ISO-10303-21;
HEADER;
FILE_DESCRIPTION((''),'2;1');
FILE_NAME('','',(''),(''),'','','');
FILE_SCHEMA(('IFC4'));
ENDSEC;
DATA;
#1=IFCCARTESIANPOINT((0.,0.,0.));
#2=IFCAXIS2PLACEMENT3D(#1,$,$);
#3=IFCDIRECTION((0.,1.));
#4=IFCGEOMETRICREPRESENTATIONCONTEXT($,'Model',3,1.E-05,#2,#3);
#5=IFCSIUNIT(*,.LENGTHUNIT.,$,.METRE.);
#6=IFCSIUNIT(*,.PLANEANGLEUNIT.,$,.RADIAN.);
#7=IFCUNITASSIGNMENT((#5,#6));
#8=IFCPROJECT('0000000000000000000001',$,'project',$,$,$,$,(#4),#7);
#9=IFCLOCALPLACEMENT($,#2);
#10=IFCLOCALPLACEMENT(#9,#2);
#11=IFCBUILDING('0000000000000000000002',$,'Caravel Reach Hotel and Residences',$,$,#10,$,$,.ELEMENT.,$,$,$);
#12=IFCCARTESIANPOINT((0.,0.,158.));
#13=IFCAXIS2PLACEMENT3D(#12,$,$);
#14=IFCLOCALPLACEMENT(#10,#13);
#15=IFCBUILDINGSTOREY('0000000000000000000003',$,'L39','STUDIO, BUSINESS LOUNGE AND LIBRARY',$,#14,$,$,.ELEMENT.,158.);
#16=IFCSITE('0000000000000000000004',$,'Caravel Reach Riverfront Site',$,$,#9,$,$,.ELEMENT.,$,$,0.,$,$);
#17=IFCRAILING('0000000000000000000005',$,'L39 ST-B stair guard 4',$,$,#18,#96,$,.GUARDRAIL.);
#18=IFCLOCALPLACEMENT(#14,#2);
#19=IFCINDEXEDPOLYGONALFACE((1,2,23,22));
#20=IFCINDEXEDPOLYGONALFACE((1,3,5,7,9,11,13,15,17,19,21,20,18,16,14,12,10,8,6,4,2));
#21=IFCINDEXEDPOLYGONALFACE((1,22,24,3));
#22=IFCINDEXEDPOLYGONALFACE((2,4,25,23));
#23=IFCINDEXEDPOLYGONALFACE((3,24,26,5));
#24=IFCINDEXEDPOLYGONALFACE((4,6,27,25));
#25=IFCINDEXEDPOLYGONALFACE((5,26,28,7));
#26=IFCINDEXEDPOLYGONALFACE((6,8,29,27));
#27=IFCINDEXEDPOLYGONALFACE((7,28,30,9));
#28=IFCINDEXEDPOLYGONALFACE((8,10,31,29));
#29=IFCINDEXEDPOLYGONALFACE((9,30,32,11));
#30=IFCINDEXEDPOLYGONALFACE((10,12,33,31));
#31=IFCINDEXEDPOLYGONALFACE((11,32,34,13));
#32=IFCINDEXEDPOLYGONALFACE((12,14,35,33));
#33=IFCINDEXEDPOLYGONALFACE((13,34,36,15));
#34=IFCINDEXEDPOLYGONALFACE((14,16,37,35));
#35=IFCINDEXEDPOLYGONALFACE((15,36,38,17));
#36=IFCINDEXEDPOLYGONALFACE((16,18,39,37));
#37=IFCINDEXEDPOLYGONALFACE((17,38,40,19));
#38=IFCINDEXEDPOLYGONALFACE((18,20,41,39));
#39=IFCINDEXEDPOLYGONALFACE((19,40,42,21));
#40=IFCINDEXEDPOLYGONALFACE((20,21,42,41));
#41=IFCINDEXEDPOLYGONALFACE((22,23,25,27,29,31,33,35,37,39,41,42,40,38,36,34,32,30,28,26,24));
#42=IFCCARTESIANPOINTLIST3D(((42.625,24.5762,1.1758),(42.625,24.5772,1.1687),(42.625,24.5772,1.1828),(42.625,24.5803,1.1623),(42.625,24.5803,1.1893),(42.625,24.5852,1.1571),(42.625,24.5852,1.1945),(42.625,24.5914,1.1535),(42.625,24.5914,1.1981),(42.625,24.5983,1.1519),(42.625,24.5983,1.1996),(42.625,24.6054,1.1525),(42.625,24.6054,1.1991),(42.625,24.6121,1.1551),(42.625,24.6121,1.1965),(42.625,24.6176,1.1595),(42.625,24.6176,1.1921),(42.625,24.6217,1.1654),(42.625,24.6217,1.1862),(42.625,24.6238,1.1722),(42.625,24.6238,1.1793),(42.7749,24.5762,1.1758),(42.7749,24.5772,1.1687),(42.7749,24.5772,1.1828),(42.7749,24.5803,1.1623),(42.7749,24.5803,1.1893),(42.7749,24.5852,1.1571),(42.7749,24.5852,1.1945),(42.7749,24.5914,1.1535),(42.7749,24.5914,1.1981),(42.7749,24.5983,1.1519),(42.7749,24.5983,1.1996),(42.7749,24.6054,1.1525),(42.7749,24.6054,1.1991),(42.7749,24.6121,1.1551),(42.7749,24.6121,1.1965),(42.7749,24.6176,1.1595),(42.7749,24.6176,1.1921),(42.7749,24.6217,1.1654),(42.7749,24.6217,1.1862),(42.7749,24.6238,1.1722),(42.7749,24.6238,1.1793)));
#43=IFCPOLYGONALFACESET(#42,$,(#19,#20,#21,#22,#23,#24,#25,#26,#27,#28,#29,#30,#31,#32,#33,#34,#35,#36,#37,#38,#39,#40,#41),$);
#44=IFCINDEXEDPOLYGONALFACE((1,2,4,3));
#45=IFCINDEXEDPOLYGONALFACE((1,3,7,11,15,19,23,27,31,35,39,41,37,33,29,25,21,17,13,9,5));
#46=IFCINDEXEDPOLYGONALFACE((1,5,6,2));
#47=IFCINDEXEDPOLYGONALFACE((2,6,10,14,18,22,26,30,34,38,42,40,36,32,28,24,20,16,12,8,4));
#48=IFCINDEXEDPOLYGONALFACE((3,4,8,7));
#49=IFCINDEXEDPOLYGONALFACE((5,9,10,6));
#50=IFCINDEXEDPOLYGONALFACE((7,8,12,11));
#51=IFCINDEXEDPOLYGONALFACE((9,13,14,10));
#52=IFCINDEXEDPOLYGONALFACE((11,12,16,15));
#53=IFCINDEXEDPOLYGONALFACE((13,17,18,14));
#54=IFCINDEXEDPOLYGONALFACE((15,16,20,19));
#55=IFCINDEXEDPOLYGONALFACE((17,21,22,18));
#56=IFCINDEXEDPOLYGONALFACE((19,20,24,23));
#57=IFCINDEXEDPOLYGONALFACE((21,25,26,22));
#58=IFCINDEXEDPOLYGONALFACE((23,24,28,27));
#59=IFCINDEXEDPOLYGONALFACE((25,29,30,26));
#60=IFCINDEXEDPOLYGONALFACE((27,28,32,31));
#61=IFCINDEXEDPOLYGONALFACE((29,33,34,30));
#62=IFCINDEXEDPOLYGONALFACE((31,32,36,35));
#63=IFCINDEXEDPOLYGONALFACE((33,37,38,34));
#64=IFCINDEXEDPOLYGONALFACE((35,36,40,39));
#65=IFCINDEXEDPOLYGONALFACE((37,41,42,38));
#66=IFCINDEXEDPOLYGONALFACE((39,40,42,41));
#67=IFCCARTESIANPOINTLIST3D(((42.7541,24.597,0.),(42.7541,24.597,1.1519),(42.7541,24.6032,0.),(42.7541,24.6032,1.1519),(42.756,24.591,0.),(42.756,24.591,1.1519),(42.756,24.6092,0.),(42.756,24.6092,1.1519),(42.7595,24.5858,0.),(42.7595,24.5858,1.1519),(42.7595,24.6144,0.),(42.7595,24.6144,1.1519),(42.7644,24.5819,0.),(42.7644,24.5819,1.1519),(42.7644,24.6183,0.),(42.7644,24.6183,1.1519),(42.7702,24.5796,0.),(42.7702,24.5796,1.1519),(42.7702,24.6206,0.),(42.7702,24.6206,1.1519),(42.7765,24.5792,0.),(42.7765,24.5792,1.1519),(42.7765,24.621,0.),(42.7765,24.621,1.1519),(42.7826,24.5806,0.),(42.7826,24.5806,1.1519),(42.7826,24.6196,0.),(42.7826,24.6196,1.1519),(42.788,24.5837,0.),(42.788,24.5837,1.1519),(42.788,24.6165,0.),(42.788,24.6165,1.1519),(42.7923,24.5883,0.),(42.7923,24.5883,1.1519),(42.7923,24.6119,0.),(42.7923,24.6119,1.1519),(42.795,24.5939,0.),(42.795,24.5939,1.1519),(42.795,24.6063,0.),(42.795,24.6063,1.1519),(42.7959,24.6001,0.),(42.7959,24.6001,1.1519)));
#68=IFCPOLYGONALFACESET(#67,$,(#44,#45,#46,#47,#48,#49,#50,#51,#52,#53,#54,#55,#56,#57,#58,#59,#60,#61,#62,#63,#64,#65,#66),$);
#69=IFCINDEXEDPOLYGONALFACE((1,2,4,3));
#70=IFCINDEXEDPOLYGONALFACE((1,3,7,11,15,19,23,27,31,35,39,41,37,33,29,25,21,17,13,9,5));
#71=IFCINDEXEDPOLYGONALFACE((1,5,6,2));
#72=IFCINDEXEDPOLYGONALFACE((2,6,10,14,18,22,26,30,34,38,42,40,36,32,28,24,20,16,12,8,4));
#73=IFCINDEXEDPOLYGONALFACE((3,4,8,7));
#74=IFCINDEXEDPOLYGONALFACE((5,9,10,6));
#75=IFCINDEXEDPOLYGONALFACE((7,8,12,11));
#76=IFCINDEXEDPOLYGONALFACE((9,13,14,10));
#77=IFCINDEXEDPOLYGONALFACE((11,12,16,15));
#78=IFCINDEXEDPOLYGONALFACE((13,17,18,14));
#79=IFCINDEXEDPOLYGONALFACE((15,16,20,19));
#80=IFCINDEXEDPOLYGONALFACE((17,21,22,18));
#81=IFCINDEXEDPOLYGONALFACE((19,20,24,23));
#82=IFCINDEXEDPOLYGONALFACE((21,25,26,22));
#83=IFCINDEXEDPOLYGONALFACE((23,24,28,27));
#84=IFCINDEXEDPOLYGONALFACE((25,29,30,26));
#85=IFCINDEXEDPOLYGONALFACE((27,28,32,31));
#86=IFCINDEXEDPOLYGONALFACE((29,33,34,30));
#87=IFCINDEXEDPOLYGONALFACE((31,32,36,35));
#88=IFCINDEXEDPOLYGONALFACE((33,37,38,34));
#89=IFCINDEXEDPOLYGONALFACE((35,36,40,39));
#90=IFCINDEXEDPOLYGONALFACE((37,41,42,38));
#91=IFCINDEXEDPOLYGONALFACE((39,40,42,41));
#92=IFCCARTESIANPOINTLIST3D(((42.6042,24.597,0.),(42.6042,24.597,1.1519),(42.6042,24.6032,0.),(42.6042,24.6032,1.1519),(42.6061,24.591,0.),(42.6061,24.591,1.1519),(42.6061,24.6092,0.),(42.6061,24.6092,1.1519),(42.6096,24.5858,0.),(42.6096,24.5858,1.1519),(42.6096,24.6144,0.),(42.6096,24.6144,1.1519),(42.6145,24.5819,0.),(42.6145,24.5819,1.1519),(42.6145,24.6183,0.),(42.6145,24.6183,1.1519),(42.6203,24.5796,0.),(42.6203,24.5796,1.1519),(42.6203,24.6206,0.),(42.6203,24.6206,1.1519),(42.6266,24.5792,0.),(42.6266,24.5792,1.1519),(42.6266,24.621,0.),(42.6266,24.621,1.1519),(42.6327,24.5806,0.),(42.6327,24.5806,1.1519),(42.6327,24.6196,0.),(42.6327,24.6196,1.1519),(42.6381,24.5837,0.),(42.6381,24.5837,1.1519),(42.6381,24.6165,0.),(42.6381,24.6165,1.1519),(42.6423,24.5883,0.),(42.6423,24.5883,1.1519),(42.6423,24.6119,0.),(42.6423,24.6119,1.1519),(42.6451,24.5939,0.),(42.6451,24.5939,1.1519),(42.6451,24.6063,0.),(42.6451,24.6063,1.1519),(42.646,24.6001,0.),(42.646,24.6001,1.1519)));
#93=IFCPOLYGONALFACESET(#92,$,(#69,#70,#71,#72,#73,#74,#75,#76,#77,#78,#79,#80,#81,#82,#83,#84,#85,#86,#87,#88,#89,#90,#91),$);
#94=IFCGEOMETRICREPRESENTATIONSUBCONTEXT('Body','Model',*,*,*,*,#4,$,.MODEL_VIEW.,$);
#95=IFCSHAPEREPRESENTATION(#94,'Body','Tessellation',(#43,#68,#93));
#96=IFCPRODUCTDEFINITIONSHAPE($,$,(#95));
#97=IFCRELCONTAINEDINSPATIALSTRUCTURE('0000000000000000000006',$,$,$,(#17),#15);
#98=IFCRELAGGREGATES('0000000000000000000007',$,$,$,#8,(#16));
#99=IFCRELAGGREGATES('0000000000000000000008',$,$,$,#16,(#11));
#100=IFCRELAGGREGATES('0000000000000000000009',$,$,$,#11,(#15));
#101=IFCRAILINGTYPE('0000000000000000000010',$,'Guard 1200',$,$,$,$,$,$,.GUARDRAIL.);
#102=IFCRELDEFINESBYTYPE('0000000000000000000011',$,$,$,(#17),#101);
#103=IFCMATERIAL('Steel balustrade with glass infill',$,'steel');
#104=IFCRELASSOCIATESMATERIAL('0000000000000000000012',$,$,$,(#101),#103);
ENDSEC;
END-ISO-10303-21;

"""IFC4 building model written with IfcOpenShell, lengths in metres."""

from ifc_helpers import new_model, si_unit, direction, frame, origin, origin_2d, place, context, subcontext, project, spatial, circle, extrude, material, type_object, element, save


model = new_model("IFC4")

# Units and contexts
model_context = context("Model", 3, precision=1e-05, world=origin(), true_north=direction((0.0, 1.0)))
body_context = subcontext(model_context, "Body", "Model", "MODEL_VIEW")
ifc_project = project(units=[si_unit("LENGTHUNIT", "METRE"), si_unit("PLANEANGLEUNIT", "RADIAN")], contexts=[model_context])

# Site, building, storey
site_placement = place(None, origin())
site = spatial("IfcSite", under=ifc_project, at=site_placement, Name="Caravel Reach Riverfront Site", CompositionType="ELEMENT", RefElevation=0.0)
building_placement = place(site_placement, origin())
building = spatial("IfcBuilding", under=site, at=building_placement, Name="Caravel Reach Hotel and Residences", CompositionType="ELEMENT")
storey_placement = place(building_placement, frame((0.0, 0.0, 158.0)))
storey = spatial("IfcBuildingStorey", under=building, at=storey_placement, Name="L39", Description="STUDIO, BUSINESS LOUNGE AND LIBRARY", CompositionType="ELEMENT", Elevation=158.0)

# Railing
ifc_material_1 = material(Name="Steel balustrade with glass infill", Category="steel")
railing_type_1 = type_object("IfcRailingType", Name="Guard 1200", PredefinedType="GUARDRAIL", material=ifc_material_1)
railing_1_placement = place(storey_placement, frame((42.7749, 24.6001, 0.0)))
element("IfcRailing", 1, at=railing_1_placement, inside=storey, type_object=railing_type_1, Name="L39 ST-B stair guard 4", PredefinedType="GUARDRAIL", context=body_context, shape_type="SweptSolid", body=[
    extrude(circle(Radius=0.0239, at=origin_2d()), frame((0.0, 0.0, 1.1758), z_axis=(-1.0, 0.0, 0.0), x_axis=(0.0, -1.0, 0.0)), (0.0, 0.0, 1.0), 0.1499),
    extrude(circle(Radius=0.021, at=origin_2d()), origin(), (0.0, 0.0, 1.0), 1.1519),
    extrude(circle(Radius=0.021, at=origin_2d()), frame((-0.1499, 0.0, 0.0)), (0.0, 0.0, 1.0), 1.1519),
])

save(model, "model.ifc")
